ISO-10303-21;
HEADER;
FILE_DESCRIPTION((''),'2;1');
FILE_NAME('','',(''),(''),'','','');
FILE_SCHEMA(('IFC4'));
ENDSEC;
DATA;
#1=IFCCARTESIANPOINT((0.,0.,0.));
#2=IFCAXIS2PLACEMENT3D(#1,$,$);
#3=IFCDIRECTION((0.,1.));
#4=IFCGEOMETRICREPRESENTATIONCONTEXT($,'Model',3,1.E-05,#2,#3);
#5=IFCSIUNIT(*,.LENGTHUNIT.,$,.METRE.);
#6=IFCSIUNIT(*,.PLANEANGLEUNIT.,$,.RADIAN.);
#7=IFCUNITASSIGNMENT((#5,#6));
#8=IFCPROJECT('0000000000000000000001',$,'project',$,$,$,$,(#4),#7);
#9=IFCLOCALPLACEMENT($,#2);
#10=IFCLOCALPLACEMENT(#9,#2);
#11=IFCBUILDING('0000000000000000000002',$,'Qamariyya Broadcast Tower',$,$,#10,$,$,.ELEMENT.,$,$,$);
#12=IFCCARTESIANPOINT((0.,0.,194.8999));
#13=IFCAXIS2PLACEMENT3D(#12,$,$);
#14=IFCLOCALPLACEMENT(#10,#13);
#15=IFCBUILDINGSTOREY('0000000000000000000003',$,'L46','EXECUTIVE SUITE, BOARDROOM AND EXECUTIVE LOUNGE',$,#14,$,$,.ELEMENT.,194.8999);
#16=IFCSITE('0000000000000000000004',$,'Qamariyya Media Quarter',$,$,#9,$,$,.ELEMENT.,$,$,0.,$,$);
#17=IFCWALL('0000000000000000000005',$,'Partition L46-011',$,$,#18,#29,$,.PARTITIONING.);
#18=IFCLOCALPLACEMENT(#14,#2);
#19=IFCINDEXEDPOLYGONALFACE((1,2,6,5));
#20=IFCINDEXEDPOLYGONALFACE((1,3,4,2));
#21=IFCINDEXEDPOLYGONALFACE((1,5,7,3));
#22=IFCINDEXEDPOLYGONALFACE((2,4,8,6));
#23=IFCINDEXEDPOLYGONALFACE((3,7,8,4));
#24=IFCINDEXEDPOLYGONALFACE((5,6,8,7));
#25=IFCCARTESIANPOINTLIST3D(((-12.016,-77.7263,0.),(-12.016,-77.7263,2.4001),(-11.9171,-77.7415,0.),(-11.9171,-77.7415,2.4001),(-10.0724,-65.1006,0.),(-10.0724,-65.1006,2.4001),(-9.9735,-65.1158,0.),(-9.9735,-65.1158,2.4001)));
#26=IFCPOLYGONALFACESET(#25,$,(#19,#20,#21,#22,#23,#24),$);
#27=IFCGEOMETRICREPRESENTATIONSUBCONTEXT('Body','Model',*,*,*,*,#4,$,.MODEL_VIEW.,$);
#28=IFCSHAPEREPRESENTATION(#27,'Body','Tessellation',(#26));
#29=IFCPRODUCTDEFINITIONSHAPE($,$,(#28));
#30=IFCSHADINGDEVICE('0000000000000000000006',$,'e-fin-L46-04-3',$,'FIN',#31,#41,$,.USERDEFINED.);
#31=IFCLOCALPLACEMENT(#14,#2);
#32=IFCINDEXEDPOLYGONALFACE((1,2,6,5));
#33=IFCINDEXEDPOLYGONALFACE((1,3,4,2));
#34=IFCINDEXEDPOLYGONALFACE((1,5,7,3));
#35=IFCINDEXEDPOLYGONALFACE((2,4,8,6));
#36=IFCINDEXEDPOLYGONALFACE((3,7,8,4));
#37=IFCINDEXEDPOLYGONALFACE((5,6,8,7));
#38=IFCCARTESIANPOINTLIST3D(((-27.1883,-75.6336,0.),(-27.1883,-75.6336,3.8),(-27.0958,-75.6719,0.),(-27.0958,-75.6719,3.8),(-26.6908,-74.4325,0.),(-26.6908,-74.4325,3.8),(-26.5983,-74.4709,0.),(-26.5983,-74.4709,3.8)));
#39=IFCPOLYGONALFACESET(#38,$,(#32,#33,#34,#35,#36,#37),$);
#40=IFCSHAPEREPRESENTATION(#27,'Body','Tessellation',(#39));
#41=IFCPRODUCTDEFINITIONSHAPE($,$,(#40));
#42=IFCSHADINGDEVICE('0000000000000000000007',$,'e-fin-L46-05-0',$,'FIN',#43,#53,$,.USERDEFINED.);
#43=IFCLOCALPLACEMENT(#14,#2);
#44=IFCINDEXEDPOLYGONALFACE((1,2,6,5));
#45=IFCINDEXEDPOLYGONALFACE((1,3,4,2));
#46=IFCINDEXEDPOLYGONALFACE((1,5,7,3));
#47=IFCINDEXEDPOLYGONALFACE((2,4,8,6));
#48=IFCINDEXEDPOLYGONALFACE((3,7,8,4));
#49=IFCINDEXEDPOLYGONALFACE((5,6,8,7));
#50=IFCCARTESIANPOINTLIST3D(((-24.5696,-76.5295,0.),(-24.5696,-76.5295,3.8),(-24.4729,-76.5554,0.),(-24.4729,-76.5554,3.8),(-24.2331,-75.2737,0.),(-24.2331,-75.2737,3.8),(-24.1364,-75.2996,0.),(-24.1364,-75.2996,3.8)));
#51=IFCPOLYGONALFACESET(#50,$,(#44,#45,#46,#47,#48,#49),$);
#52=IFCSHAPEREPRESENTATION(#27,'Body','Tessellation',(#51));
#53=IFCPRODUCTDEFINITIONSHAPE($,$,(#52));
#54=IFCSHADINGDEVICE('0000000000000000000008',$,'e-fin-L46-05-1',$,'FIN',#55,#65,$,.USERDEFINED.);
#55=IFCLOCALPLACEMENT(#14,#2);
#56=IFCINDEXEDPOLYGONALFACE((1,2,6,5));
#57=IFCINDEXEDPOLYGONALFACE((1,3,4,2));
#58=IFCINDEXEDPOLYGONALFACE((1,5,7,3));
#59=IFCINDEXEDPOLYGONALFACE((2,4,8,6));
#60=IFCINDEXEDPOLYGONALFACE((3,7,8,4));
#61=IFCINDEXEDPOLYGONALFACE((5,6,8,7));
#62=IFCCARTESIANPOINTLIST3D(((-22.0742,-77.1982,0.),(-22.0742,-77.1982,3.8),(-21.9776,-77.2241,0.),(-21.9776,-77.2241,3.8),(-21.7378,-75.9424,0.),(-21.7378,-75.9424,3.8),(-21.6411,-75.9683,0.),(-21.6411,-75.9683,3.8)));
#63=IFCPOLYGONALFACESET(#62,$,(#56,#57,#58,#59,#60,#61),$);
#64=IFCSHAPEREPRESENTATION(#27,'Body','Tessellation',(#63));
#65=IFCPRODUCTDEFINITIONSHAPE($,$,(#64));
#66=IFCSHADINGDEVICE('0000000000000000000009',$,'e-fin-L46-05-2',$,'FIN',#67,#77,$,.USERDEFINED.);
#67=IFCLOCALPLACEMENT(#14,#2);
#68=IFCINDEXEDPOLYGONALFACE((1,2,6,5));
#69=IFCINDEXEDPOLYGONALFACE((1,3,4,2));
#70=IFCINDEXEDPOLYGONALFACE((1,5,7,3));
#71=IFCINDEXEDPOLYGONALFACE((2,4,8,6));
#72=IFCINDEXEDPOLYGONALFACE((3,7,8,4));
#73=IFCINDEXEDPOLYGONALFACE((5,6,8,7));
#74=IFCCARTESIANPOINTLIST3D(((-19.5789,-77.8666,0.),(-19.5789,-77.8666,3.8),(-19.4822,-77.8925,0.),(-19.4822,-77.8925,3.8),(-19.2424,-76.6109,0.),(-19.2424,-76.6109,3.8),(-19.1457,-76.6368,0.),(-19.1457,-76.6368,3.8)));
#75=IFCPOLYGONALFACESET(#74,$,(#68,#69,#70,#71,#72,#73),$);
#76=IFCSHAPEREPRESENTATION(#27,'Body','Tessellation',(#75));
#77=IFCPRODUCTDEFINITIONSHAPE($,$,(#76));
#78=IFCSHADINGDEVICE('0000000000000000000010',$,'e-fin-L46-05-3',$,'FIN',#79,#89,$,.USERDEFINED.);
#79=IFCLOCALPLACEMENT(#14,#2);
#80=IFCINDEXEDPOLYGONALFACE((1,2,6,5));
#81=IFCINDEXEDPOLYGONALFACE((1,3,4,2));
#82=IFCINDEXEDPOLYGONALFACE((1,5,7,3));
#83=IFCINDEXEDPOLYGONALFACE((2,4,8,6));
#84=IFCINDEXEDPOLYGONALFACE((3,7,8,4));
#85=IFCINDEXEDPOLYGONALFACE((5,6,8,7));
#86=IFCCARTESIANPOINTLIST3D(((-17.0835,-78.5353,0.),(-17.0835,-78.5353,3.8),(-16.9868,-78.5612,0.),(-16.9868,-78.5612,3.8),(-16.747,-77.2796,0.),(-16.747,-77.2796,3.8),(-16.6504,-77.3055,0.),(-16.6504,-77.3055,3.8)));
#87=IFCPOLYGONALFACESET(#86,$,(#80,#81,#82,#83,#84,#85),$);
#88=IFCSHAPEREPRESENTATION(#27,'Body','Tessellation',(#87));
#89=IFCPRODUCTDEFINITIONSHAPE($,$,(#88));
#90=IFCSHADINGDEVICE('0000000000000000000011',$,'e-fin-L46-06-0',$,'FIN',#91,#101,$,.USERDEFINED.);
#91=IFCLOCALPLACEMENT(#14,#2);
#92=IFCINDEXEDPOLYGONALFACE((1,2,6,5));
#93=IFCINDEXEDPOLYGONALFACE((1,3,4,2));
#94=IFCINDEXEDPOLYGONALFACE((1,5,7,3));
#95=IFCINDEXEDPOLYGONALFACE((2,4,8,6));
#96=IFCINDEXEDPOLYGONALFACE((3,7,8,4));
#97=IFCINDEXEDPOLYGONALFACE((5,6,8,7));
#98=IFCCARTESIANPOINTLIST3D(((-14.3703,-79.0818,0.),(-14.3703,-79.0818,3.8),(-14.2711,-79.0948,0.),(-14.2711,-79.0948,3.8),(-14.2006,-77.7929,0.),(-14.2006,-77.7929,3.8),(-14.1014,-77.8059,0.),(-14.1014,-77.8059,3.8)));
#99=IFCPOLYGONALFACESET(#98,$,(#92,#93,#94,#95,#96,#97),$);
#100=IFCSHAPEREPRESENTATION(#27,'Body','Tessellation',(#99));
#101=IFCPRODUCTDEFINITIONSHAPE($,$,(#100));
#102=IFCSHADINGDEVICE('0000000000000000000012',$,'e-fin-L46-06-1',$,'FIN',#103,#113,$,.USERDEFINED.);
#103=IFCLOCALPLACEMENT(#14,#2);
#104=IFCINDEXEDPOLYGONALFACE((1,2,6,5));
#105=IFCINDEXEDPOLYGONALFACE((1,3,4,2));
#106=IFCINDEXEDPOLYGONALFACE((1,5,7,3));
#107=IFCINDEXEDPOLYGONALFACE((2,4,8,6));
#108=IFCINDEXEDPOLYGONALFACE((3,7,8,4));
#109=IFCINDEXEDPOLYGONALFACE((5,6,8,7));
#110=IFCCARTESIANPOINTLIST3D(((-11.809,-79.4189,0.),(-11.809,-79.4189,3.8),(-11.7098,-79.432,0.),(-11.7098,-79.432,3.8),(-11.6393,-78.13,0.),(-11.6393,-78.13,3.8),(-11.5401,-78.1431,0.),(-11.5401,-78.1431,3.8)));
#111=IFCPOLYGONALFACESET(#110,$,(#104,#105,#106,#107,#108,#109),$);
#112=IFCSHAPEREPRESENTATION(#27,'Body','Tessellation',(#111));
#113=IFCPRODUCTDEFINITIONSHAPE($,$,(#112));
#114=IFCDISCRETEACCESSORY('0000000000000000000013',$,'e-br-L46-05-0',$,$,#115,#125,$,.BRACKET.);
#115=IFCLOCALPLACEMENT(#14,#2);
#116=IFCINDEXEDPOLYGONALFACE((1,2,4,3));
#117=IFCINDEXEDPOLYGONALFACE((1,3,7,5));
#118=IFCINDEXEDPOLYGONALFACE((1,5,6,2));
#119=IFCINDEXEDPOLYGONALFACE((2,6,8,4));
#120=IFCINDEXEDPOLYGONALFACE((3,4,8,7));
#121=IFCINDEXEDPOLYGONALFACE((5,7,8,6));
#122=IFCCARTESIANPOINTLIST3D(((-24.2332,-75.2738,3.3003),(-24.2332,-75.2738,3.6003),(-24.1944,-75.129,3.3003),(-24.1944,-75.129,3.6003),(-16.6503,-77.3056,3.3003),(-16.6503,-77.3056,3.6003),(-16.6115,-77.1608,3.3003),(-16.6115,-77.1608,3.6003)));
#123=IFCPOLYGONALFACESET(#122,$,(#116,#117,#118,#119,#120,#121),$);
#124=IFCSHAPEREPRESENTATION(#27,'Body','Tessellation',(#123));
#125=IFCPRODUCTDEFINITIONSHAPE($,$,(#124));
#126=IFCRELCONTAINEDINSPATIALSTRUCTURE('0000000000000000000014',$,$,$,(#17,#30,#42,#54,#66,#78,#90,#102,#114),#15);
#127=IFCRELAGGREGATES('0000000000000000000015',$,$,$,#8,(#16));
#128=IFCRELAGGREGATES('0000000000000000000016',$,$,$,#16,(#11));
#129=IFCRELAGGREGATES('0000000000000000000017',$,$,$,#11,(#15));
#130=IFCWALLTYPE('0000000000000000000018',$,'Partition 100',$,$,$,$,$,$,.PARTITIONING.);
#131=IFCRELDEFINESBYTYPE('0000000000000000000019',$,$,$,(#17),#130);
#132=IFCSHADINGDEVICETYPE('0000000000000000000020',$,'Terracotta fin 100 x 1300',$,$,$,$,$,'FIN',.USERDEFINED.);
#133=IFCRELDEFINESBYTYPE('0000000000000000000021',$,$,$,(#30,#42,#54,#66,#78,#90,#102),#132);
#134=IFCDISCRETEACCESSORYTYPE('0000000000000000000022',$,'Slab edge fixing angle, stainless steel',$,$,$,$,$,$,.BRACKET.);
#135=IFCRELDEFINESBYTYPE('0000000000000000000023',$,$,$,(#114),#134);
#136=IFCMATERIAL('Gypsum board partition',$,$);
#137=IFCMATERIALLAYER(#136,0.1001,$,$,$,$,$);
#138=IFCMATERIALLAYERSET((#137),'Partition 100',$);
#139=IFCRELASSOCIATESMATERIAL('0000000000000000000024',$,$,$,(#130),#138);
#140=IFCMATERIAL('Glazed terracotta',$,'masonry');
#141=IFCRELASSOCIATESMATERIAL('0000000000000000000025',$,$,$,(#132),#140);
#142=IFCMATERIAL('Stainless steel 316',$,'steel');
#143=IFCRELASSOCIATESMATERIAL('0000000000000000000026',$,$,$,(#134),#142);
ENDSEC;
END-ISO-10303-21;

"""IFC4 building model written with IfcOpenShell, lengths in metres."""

from ifc_helpers import new_model, si_unit, direction, frame, frame_2d, origin, origin_2d, place, context, subcontext, project, spatial, rectangle, extrude, material, layer, layer_set, material_profile, profile_set, type_object, element, save


model = new_model("IFC4")

# Units and contexts
model_context = context("Model", 3, precision=1e-05, world=origin(), true_north=direction((0.0, 1.0)))
body_context = subcontext(model_context, "Body", "Model", "MODEL_VIEW")
ifc_project = project(units=[si_unit("LENGTHUNIT", "METRE"), si_unit("PLANEANGLEUNIT", "RADIAN")], contexts=[model_context])

# Site, building, storey
site_placement = place(None, origin())
site = spatial("IfcSite", under=ifc_project, at=site_placement, Name="Qamariyya Media Quarter", CompositionType="ELEMENT", RefElevation=0.0)
building_placement = place(site_placement, origin())
building = spatial("IfcBuilding", under=site, at=building_placement, Name="Qamariyya Broadcast Tower", CompositionType="ELEMENT")
storey_placement = place(building_placement, frame((0.0, 0.0, 194.8999)))
storey = spatial("IfcBuildingStorey", under=building, at=storey_placement, Name="L46", Description="EXECUTIVE SUITE, BOARDROOM AND EXECUTIVE LOUNGE", CompositionType="ELEMENT", Elevation=194.8999)

# Shared definitions
ifc_material_1 = material(Name="Gypsum board partition")

# Wall
ifc_layer_1 = layer(ifc_material_1, 0.1001)
ifc_layer_set_1 = layer_set([ifc_layer_1], Name="Partition 100")
wall_type_1 = type_object("IfcWallType", Name="Partition 100", PredefinedType="PARTITIONING", material=ifc_layer_set_1)
wall_1_placement = place(storey_placement, frame((-11.9666, -77.7339, 0.0), z_axis=(0.0, 0.0, 1.0), x_axis=(0.152148, 0.988358, 0.0)))
element("IfcWall", 1, at=wall_1_placement, inside=storey, type_object=wall_type_1, Name="Partition L46-011", PredefinedType="PARTITIONING", context=body_context, shape_type="SweptSolid", body=[
    extrude(rectangle(XDim=12.7744, YDim=0.1001, at=frame_2d((6.3872, 0.0))), origin(), (0.0, 0.0, 1.0), 2.4001),
])

# Shading devices
ifc_material_2 = material(Name="Glazed terracotta", Category="masonry")
ifc_material_profile_1 = material_profile(ifc_material_2, rectangle(XDim=1.3, YDim=0.1001, at=origin_2d()))
ifc_profile_set_1 = profile_set([ifc_material_profile_1], Name="Glazed terracotta")
shading_device_type_1 = type_object("IfcShadingDeviceType", Name="Terracotta fin 100 x 1300", ElementType="FIN", PredefinedType="USERDEFINED", material=ifc_profile_set_1)
for number, where, z_axis, x_axis, name in (
    (2, (-26.8933, -75.0522, 0.0), (0.0, 0.0, 1.0), (-0.382683, -0.92388, 0.0), "e-fin-L46-04-3"),
    (3, (-24.353, -75.9146, 0.0), (0.0, 0.0, 1.0), (-0.258819, -0.965926, 0.0), "e-fin-L46-05-0"),
    (4, (-21.8577, -76.5833, 0.0), (0.0, 0.0, 1.0), (-0.258819, -0.965926, 0.0), "e-fin-L46-05-1"),
    (5, (-19.3623, -77.2517, 0.0), (0.0, 0.0, 1.0), (-0.258819, -0.965926, 0.0), "e-fin-L46-05-2"),
    (6, (-16.8669, -77.9204, 0.0), (0.0, 0.0, 1.0), (-0.258819, -0.965926, 0.0), "e-fin-L46-05-3"),
    (7, (-14.2358, -78.4438, 0.0), (0.0, 0.0, 1.0), (-0.130526, -0.991445, 0.0), "e-fin-L46-06-0"),
    (8, (-11.6746, -78.781, 0.0), (0.0, 0.0, 1.0), (-0.130526, -0.991445, 0.0), "e-fin-L46-06-1"),
):
    element("IfcShadingDevice", number, at=place(storey_placement, frame(where, z_axis=z_axis, x_axis=x_axis)), inside=storey, type_object=shading_device_type_1, Name=name, ObjectType="FIN", PredefinedType="USERDEFINED", context=body_context, shape_type="SweptSolid", body=[
        extrude(rectangle(XDim=1.3, YDim=0.1001, at=origin_2d()), origin(), (0.0, 0.0, 1.0), 3.8),
    ])

# Discrete accessory
ifc_material_3 = material(Name="Stainless steel 316", Category="steel")
discrete_accessory_type = type_object("IfcDiscreteAccessoryType", Name="Slab edge fixing angle, stainless steel", PredefinedType="BRACKET", material=ifc_material_3)
discrete_accessory_placement = place(storey_placement, frame((-20.4224, -76.2173, 3.3003), z_axis=(0.0, 0.0, 1.0), x_axis=(0.965926, -0.258819, 0.0)))
element("IfcDiscreteAccessory", 9, at=discrete_accessory_placement, inside=storey, type_object=discrete_accessory_type, Name="e-br-L46-05-0", PredefinedType="BRACKET", context=body_context, shape_type="SweptSolid", body=[
    extrude(rectangle(XDim=7.8503, YDim=0.1499, at=origin_2d()), origin(), (0.0, 0.0, 1.0), 0.3),
])

save(model, "model.ifc")
